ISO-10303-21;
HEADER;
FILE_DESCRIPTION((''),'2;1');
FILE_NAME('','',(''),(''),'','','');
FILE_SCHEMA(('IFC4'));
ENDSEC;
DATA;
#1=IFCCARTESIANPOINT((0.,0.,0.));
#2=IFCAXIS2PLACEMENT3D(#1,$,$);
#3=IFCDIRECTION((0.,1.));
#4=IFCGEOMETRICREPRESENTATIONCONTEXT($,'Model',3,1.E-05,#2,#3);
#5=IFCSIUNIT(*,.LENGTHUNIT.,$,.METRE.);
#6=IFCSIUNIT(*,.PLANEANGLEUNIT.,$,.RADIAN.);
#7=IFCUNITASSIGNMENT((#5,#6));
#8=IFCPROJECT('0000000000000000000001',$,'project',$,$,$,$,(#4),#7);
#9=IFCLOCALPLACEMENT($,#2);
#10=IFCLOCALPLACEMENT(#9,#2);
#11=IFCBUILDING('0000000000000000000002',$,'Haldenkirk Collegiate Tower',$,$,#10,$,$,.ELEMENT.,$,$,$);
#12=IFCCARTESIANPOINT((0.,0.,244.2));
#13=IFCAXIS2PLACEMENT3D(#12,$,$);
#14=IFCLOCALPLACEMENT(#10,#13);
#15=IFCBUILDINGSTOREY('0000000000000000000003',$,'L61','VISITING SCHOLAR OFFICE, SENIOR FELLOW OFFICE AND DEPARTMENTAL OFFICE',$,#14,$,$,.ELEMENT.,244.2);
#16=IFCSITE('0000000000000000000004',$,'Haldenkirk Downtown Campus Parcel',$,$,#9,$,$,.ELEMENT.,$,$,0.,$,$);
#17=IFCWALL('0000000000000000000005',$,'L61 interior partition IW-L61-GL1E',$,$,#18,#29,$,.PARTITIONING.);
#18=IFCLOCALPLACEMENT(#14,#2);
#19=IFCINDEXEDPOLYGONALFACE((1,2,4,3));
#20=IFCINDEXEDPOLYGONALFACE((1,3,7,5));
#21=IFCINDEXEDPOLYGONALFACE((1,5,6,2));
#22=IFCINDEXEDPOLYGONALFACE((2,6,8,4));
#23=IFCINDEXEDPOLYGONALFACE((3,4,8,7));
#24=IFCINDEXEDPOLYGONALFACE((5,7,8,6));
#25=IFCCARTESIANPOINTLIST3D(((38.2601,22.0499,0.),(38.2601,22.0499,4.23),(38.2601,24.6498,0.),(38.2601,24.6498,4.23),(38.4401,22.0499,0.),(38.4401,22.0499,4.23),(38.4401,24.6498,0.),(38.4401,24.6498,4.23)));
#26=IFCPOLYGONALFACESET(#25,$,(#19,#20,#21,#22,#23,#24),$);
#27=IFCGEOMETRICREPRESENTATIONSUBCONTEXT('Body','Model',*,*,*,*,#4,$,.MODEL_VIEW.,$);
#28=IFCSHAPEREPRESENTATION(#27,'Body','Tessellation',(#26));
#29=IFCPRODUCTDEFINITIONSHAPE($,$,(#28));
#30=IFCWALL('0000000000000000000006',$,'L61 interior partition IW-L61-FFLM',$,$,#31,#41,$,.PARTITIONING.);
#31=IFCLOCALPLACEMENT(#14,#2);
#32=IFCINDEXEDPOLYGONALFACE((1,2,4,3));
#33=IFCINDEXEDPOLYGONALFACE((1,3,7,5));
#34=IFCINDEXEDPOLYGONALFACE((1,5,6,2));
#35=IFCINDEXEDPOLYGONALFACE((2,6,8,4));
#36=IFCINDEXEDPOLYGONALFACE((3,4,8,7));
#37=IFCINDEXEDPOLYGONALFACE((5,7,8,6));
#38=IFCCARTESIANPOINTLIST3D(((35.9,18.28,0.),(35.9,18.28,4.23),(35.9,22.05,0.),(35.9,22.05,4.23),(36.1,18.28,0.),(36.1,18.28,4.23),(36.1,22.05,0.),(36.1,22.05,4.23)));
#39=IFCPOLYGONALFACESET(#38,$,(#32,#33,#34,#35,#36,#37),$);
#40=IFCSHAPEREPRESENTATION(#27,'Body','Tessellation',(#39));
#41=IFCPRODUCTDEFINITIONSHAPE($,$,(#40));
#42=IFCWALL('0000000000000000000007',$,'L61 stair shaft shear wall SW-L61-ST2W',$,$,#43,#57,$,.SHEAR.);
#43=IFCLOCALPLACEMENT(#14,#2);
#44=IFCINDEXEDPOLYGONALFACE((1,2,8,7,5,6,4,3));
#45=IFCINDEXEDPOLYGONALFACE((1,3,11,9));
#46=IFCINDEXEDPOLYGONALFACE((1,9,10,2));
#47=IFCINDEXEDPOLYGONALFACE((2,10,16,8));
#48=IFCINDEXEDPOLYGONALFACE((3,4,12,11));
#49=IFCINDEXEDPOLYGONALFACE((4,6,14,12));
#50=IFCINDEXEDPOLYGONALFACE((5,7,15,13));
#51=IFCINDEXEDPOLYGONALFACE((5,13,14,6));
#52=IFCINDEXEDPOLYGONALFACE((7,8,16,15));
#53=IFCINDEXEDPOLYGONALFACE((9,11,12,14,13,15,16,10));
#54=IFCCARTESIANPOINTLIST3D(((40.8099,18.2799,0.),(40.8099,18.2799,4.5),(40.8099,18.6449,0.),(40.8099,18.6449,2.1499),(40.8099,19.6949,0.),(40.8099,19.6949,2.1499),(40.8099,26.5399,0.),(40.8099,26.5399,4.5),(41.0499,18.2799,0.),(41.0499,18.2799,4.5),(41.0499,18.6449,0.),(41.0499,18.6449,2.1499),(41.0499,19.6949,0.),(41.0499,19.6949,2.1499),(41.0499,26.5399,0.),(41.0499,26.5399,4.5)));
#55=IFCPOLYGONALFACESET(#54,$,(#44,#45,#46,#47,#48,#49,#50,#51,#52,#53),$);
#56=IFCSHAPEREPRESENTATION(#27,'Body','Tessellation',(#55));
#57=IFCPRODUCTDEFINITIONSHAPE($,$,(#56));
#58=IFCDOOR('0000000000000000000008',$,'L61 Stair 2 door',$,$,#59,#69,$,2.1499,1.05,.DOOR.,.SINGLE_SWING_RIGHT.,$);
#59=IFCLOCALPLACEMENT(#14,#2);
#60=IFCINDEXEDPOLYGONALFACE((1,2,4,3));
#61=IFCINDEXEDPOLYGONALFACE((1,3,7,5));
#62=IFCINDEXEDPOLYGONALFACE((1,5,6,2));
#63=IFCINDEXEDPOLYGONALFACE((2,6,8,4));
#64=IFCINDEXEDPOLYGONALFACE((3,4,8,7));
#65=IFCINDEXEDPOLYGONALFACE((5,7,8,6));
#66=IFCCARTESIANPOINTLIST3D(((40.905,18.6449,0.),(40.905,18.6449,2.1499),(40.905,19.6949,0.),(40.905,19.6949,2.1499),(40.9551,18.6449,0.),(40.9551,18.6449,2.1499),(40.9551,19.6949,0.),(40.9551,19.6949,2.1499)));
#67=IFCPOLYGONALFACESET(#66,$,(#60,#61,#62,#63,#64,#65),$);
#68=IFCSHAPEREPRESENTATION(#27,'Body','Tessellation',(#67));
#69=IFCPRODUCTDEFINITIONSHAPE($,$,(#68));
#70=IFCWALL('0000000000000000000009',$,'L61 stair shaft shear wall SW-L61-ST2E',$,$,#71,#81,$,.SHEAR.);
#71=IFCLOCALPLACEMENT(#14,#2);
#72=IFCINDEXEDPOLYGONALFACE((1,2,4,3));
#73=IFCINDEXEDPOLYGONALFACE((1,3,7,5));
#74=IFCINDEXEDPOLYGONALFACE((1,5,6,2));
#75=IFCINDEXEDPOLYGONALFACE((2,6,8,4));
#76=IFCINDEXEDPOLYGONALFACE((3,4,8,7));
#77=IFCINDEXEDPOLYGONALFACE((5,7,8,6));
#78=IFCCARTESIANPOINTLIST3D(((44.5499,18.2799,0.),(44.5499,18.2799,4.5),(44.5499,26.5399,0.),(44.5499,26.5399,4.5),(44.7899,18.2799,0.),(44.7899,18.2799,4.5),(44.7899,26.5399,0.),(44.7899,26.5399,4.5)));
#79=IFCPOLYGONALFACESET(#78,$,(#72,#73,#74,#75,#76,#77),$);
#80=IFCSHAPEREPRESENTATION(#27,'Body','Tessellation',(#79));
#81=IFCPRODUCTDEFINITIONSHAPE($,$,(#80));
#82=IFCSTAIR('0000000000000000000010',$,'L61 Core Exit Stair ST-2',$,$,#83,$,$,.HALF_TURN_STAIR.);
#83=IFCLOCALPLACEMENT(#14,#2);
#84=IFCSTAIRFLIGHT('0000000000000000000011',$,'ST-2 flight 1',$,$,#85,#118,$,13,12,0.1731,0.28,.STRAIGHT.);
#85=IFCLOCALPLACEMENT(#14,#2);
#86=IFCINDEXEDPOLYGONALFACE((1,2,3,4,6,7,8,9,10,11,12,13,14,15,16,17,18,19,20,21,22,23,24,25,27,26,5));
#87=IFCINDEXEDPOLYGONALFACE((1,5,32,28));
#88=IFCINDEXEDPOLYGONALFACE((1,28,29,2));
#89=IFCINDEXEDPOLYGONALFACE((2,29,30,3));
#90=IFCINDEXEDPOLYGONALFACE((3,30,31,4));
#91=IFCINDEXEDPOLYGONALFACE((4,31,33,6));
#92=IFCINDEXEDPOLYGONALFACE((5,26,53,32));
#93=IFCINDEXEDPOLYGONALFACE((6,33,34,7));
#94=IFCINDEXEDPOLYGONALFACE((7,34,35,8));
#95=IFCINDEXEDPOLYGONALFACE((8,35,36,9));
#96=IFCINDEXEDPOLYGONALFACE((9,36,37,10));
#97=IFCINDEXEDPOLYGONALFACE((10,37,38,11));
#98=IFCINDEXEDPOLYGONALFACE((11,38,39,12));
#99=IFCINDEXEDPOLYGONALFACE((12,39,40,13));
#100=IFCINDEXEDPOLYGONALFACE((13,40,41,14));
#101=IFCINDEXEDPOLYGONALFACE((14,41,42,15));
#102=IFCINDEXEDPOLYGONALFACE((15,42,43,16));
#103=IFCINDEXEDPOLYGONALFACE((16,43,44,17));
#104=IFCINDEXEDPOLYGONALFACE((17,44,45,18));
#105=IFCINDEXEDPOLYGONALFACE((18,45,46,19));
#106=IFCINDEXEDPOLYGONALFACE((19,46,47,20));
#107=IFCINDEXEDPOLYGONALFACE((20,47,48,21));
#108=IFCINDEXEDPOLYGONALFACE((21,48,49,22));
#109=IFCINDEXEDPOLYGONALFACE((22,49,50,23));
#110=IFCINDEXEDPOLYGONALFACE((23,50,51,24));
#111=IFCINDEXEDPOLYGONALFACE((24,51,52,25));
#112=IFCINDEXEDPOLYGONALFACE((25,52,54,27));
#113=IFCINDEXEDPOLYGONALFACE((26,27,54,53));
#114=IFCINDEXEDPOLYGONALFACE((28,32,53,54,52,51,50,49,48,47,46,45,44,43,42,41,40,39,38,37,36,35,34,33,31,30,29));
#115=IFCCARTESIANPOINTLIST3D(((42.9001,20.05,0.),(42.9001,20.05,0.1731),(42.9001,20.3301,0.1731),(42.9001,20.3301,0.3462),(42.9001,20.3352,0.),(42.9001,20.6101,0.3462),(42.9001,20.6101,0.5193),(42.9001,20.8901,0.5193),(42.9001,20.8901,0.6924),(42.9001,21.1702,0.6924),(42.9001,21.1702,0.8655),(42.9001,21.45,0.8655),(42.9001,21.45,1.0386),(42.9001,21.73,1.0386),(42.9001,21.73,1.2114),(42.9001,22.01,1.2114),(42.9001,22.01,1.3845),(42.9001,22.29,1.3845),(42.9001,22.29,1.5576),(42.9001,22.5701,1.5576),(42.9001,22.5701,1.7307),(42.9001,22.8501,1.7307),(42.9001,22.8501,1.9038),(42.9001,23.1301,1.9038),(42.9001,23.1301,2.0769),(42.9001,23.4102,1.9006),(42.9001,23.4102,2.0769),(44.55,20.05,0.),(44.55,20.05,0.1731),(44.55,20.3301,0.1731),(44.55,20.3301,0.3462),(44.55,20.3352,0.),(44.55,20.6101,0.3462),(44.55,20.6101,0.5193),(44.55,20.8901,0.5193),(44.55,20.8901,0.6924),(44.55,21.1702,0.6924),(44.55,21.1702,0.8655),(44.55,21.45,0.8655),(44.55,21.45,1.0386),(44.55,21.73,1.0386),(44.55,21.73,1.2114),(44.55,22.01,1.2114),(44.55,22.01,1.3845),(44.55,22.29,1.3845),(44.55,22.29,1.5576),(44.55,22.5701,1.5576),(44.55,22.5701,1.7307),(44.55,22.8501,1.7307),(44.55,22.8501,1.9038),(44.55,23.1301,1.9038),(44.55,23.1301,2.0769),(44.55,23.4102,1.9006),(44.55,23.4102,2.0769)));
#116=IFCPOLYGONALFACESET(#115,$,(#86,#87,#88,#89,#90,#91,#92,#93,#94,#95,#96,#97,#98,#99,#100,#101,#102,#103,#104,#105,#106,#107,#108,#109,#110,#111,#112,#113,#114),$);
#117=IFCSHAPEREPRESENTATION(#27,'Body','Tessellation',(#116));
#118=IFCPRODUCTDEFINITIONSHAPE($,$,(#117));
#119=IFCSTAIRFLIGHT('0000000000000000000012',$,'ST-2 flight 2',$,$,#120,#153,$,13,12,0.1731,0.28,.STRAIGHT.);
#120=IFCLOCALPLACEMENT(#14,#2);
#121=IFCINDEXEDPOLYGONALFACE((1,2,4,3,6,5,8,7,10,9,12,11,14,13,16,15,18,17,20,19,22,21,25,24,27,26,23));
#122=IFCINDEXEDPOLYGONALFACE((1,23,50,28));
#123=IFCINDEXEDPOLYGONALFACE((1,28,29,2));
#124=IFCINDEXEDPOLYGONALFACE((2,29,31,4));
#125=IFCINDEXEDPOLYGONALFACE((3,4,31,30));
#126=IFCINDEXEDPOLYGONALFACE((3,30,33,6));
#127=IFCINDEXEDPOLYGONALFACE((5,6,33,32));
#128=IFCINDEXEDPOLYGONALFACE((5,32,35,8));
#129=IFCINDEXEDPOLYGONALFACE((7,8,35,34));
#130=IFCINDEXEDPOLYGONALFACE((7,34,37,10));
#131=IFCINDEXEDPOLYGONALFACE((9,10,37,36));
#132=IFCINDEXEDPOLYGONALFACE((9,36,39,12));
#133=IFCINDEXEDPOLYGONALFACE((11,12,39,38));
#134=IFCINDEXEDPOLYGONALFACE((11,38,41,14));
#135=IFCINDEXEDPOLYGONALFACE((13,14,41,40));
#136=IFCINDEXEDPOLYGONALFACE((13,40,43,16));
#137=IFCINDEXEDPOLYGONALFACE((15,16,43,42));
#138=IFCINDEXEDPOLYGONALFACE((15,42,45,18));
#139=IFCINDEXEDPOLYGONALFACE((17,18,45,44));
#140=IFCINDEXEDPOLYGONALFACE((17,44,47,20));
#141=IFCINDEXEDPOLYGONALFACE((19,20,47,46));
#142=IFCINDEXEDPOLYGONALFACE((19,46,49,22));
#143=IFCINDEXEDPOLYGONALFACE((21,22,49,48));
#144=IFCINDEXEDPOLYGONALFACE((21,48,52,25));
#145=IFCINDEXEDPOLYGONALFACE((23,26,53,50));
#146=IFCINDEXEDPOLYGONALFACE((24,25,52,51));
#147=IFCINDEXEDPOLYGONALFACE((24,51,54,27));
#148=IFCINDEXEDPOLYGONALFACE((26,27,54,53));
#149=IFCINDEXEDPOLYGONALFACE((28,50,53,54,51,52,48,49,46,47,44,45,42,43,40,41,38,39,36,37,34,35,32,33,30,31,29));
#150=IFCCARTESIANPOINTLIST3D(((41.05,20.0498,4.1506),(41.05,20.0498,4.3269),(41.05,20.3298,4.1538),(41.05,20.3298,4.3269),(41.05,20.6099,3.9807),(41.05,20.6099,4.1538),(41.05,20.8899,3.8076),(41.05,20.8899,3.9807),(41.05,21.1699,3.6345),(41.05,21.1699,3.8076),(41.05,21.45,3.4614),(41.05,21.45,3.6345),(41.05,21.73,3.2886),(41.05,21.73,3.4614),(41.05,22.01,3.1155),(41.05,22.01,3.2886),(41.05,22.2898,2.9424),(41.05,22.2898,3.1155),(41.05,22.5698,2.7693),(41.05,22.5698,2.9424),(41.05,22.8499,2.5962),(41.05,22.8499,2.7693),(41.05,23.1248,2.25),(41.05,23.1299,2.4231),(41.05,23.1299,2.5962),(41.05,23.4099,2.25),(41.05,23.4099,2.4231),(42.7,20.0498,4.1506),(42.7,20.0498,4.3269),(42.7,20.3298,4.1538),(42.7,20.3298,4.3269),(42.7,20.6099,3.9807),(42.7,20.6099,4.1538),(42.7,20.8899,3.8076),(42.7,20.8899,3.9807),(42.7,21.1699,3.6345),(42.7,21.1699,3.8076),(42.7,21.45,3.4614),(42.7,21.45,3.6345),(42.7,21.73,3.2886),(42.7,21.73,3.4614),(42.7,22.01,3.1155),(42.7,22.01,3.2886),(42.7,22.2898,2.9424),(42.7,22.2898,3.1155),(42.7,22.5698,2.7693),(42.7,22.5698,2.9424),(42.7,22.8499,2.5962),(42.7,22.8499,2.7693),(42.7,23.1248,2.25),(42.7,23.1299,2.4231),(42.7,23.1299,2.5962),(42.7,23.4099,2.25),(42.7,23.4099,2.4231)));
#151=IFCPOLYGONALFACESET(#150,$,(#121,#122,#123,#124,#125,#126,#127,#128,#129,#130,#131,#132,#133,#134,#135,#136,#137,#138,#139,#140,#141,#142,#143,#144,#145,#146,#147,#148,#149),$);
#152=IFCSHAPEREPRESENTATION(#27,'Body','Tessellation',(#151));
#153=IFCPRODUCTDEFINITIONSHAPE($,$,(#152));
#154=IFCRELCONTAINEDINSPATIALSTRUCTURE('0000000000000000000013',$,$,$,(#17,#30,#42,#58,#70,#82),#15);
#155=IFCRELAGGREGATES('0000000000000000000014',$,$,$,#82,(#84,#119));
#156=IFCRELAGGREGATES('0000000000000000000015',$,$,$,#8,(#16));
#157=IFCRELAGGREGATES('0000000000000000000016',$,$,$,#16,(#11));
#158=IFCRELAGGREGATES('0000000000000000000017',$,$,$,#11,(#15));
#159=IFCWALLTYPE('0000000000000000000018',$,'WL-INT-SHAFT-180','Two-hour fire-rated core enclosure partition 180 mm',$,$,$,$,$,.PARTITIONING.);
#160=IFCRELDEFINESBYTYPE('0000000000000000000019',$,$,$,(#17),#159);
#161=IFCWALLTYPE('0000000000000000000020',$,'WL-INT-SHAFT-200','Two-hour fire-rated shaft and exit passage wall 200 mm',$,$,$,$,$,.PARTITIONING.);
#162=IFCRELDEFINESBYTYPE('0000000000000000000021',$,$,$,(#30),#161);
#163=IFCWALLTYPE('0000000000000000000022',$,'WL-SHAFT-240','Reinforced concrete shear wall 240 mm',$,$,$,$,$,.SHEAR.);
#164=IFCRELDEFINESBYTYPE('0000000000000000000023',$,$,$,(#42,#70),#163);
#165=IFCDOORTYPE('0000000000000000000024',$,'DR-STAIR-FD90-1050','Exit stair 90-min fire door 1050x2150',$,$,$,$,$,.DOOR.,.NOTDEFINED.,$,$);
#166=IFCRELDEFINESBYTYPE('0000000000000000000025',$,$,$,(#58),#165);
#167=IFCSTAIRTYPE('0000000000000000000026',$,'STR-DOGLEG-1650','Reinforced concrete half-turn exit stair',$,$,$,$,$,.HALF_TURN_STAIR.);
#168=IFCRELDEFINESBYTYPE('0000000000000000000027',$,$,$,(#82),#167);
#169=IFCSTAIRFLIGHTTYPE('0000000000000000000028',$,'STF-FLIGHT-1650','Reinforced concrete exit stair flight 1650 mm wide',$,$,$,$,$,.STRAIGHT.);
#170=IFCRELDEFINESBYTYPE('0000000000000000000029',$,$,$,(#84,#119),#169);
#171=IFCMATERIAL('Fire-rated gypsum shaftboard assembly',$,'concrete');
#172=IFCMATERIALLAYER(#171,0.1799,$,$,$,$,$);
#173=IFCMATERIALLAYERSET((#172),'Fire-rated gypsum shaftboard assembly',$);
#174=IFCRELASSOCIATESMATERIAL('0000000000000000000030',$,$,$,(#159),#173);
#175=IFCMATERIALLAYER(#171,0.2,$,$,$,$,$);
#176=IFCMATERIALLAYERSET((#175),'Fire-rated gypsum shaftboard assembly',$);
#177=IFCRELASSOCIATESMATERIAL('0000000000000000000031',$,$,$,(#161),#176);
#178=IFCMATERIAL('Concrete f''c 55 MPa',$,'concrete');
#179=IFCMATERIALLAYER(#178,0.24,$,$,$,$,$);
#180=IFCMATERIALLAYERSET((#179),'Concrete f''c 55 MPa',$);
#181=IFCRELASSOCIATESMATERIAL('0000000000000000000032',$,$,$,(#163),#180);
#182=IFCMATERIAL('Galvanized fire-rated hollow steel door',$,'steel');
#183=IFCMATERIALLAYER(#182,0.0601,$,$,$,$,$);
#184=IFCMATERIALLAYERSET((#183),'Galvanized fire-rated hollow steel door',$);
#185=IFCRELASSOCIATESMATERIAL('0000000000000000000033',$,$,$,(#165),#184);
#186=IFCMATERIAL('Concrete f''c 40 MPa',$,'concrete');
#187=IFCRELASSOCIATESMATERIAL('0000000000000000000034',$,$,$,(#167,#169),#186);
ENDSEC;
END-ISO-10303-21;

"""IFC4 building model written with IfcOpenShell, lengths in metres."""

from ifc_helpers import new_model, si_unit, direction, frame, frame_2d, origin, place, context, subcontext, project, spatial, polyline, rectangle, outline, extrude, material, layer, layer_set, type_object, element, fill, aggregate, save


model = new_model("IFC4")

# Units and contexts
model_context = context("Model", 3, precision=1e-05, world=origin(), true_north=direction((0.0, 1.0)))
body_context = subcontext(model_context, "Body", "Model", "MODEL_VIEW")
ifc_project = project(units=[si_unit("LENGTHUNIT", "METRE"), si_unit("PLANEANGLEUNIT", "RADIAN")], contexts=[model_context])

# Site, building, storey
site_placement = place(None, origin())
site = spatial("IfcSite", under=ifc_project, at=site_placement, Name="Haldenkirk Downtown Campus Parcel", CompositionType="ELEMENT", RefElevation=0.0)
building_placement = place(site_placement, origin())
building = spatial("IfcBuilding", under=site, at=building_placement, Name="Haldenkirk Collegiate Tower", CompositionType="ELEMENT")
storey_placement = place(building_placement, frame((0.0, 0.0, 244.2)))
storey = spatial("IfcBuildingStorey", under=building, at=storey_placement, Name="L61", Description="VISITING SCHOLAR OFFICE, SENIOR FELLOW OFFICE AND DEPARTMENTAL OFFICE", CompositionType="ELEMENT", Elevation=244.2)

# Shared definitions
ifc_material_1 = material(Name="Concrete f'c 55 MPa", Category="concrete")
ifc_material_2 = material(Name="Galvanized fire-rated hollow steel door", Category="steel")

# Walls
ifc_material_3 = material(Name="Fire-rated gypsum shaftboard assembly", Category="concrete")
ifc_layer_1 = layer(ifc_material_3, 0.1799)
ifc_layer_set_1 = layer_set([ifc_layer_1], Name="Fire-rated gypsum shaftboard assembly")
wall_type_1 = type_object("IfcWallType", Name="WL-INT-SHAFT-180", Description="Two-hour fire-rated core enclosure partition 180 mm", PredefinedType="PARTITIONING", material=ifc_layer_set_1)
for number, where, z_axis, x_axis, name in (
    (1, (38.3501, 22.05, 0.0), (0.0, 0.0, 1.0), (0.0, 1.0, 0.0), "L61 interior partition IW-L61-GL1E"),
):
    element("IfcWall", number, at=place(storey_placement, frame(where, z_axis=z_axis, x_axis=x_axis)), inside=storey, type_object=wall_type_1, Name=name, PredefinedType="PARTITIONING", context=body_context, shape_type="SweptSolid", body=[
        extrude(rectangle(XDim=2.5999, YDim=0.1799, at=frame_2d((1.2998, 0.0))), origin(), (0.0, 0.0, 1.0), 4.23),
    ])
ifc_layer_2 = layer(ifc_material_3, 0.2)
ifc_layer_set_2 = layer_set([ifc_layer_2], Name="Fire-rated gypsum shaftboard assembly")
wall_type_2 = type_object("IfcWallType", Name="WL-INT-SHAFT-200", Description="Two-hour fire-rated shaft and exit passage wall 200 mm", PredefinedType="PARTITIONING", material=ifc_layer_set_2)
wall_1_placement = place(storey_placement, frame((36.0, 18.28, 0.0), z_axis=(0.0, 0.0, 1.0), x_axis=(0.0, 1.0, 0.0)))
element("IfcWall", 2, at=wall_1_placement, inside=storey, type_object=wall_type_2, Name="L61 interior partition IW-L61-FFLM", PredefinedType="PARTITIONING", context=body_context, shape_type="SweptSolid", body=[
    extrude(rectangle(XDim=3.77, YDim=0.2, at=frame_2d((1.885, 0.0))), origin(), (0.0, 0.0, 1.0), 4.23),
])

# Wall, opening, door
ifc_layer_3 = layer(ifc_material_1, 0.24)
ifc_layer_set_3 = layer_set([ifc_layer_3], Name="Concrete f'c 55 MPa")
wall_type_3 = type_object("IfcWallType", Name="WL-SHAFT-240", Description="Reinforced concrete shear wall 240 mm", PredefinedType="SHEAR", material=ifc_layer_set_3)
wall_2_placement = place(storey_placement, frame((40.9299, 18.28, 0.0), z_axis=(0.0, 0.0, 1.0), x_axis=(0.0, 1.0, 0.0)))
wall_2 = element("IfcWall", 3, at=wall_2_placement, inside=storey, type_object=wall_type_3, Name="L61 stair shaft shear wall SW-L61-ST2W", PredefinedType="SHEAR", context=body_context, shape_type="SweptSolid", body=[
    extrude(rectangle(XDim=8.26, YDim=0.24, at=frame_2d((4.1299, 0.0))), origin(), (0.0, 0.0, 1.0), 4.5),
])
opening_1_placement = place(wall_2_placement, frame((0.365, 0.0, 0.0)))
opening_1 = element("IfcOpeningElement", 4, at=opening_1_placement, cuts=wall_2, PredefinedType="OPENING", context=body_context, shape_type="SweptSolid", body=[
    extrude(rectangle(XDim=1.05, YDim=2.1499, at=frame_2d((0.5249, 1.075))), frame((0.0, 0.1299, 0.0), z_axis=(0.0, -1.0, 0.0), x_axis=(1.0, 0.0, 0.0)), (0.0, 0.0, 1.0), 0.26),
])
ifc_layer_4 = layer(ifc_material_2, 0.0601)
ifc_layer_set_4 = layer_set([ifc_layer_4], Name="Galvanized fire-rated hollow steel door")
door_type_1 = type_object("IfcDoorType", Name="DR-STAIR-FD90-1050", Description="Exit stair 90-min fire door 1050x2150", OperationType="NOTDEFINED", PredefinedType="DOOR", material=ifc_layer_set_4)
door_1_placement = place(opening_1_placement, origin())
door_1 = element("IfcDoor", 5, at=door_1_placement, inside=storey, type_object=door_type_1, Name="L61 Stair 2 door", OperationType="SINGLE_SWING_RIGHT", OverallHeight=2.1499, OverallWidth=1.05, PredefinedType="DOOR", context=body_context, shape_type="SweptSolid", body=[
    extrude(rectangle(XDim=1.05, YDim=2.1499, at=frame_2d((0.5249, 1.075))), frame((0.0, 0.0249, 0.0), z_axis=(0.0, -1.0, 0.0), x_axis=(1.0, 0.0, 0.0)), (0.0, 0.0, 1.0), 0.05),
])
fill(opening_1, door_1)

# Wall
wall_3_placement = place(storey_placement, frame((44.6699, 18.28, 0.0), z_axis=(0.0, 0.0, 1.0), x_axis=(0.0, 1.0, 0.0)))
element("IfcWall", 6, at=wall_3_placement, inside=storey, type_object=wall_type_3, Name="L61 stair shaft shear wall SW-L61-ST2E", PredefinedType="SHEAR", context=body_context, shape_type="SweptSolid", body=[
    extrude(rectangle(XDim=8.26, YDim=0.24, at=frame_2d((4.1299, 0.0))), origin(), (0.0, 0.0, 1.0), 4.5),
])

# Stair, stair flights
ifc_material_4 = material(Name="Concrete f'c 40 MPa", Category="concrete")
stair_type = type_object("IfcStairType", Name="STR-DOGLEG-1650", Description="Reinforced concrete half-turn exit stair", PredefinedType="HALF_TURN_STAIR", material=ifc_material_4)
stair_placement = place(storey_placement, origin())
stair = element("IfcStair", 7, at=stair_placement, inside=storey, type_object=stair_type, Name="L61 Core Exit Stair ST-2", PredefinedType="HALF_TURN_STAIR")
stair_flight_type = type_object("IfcStairFlightType", Name="STF-FLIGHT-1650", Description="Reinforced concrete exit stair flight 1650 mm wide", PredefinedType="STRAIGHT", material=ifc_material_4)
stair_flight_1_placement = place(storey_placement, frame((43.7251, 20.05, 0.0), z_axis=(0.0, 0.0, 1.0), x_axis=(0.0, 1.0, 0.0)))
stair_flight_1 = element("IfcStairFlight", 8, at=stair_flight_1_placement, type_object=stair_flight_type, Name="ST-2 flight 1", NumberOfRisers=13, NumberOfTreads=12, PredefinedType="STRAIGHT", RiserHeight=0.1731, TreadLength=0.28, context=body_context, shape_type="SweptSolid", body=[
    extrude(outline(polyline([(0.0, 0.0), (0.0, 0.1731), (0.28, 0.1731), (0.28, 0.3462), (0.5601, 0.3462), (0.5601, 0.5193), (0.8401, 0.5193), (0.8401, 0.6924), (1.1201, 0.6924), (1.1201, 0.8655), (1.3999, 0.8655), (1.3999, 1.0386), (1.6799, 1.0386), (1.6799, 1.2114), (1.96, 1.2114), (1.96, 1.3845), (2.24, 1.3845), (2.24, 1.5576), (2.52, 1.5576), (2.52, 1.7307), (2.8, 1.7307), (2.8, 1.9038), (3.0801, 1.9038), (3.0801, 2.0769), (3.3601, 2.0769), (3.3601, 2.25), (3.3601, 1.9006), (0.2852, 0.0), (0.0, 0.0)])), frame((0.0, 0.825, 0.0), z_axis=(0.0, -1.0, 0.0), x_axis=(1.0, 0.0, 0.0)), (0.0, 0.0, 1.0), 1.6499),
])
stair_flight_2_placement = place(storey_placement, frame((41.875, 23.4099, 2.25), z_axis=(0.0, 0.0, 1.0), x_axis=(0.0, -1.0, 0.0)))
stair_flight_2 = element("IfcStairFlight", 9, at=stair_flight_2_placement, type_object=stair_flight_type, Name="ST-2 flight 2", NumberOfRisers=13, NumberOfTreads=12, PredefinedType="STRAIGHT", RiserHeight=0.1731, TreadLength=0.28, context=body_context, shape_type="SweptSolid", body=[
    extrude(outline(polyline([(0.0, 0.0), (0.0, 0.1731), (0.28, 0.1731), (0.28, 0.3462), (0.5601, 0.3462), (0.5601, 0.5193), (0.8401, 0.5193), (0.8401, 0.6924), (1.1201, 0.6924), (1.1201, 0.8655), (1.3999, 0.8655), (1.3999, 1.0386), (1.6799, 1.0386), (1.6799, 1.2114), (1.96, 1.2114), (1.96, 1.3845), (2.24, 1.3845), (2.24, 1.5576), (2.52, 1.5576), (2.52, 1.7307), (2.8, 1.7307), (2.8, 1.9038), (3.0801, 1.9038), (3.0801, 2.0769), (3.3601, 2.0769), (3.3601, 2.25), (3.3601, 1.9006), (0.2852, 0.0), (0.0, 0.0)])), frame((0.0, 0.825, 0.0), z_axis=(0.0, -1.0, 0.0), x_axis=(1.0, 0.0, 0.0)), (0.0, 0.0, 1.0), 1.6499),
])
aggregate(stair, [stair_flight_1, stair_flight_2])

save(model, "model.ifc")
